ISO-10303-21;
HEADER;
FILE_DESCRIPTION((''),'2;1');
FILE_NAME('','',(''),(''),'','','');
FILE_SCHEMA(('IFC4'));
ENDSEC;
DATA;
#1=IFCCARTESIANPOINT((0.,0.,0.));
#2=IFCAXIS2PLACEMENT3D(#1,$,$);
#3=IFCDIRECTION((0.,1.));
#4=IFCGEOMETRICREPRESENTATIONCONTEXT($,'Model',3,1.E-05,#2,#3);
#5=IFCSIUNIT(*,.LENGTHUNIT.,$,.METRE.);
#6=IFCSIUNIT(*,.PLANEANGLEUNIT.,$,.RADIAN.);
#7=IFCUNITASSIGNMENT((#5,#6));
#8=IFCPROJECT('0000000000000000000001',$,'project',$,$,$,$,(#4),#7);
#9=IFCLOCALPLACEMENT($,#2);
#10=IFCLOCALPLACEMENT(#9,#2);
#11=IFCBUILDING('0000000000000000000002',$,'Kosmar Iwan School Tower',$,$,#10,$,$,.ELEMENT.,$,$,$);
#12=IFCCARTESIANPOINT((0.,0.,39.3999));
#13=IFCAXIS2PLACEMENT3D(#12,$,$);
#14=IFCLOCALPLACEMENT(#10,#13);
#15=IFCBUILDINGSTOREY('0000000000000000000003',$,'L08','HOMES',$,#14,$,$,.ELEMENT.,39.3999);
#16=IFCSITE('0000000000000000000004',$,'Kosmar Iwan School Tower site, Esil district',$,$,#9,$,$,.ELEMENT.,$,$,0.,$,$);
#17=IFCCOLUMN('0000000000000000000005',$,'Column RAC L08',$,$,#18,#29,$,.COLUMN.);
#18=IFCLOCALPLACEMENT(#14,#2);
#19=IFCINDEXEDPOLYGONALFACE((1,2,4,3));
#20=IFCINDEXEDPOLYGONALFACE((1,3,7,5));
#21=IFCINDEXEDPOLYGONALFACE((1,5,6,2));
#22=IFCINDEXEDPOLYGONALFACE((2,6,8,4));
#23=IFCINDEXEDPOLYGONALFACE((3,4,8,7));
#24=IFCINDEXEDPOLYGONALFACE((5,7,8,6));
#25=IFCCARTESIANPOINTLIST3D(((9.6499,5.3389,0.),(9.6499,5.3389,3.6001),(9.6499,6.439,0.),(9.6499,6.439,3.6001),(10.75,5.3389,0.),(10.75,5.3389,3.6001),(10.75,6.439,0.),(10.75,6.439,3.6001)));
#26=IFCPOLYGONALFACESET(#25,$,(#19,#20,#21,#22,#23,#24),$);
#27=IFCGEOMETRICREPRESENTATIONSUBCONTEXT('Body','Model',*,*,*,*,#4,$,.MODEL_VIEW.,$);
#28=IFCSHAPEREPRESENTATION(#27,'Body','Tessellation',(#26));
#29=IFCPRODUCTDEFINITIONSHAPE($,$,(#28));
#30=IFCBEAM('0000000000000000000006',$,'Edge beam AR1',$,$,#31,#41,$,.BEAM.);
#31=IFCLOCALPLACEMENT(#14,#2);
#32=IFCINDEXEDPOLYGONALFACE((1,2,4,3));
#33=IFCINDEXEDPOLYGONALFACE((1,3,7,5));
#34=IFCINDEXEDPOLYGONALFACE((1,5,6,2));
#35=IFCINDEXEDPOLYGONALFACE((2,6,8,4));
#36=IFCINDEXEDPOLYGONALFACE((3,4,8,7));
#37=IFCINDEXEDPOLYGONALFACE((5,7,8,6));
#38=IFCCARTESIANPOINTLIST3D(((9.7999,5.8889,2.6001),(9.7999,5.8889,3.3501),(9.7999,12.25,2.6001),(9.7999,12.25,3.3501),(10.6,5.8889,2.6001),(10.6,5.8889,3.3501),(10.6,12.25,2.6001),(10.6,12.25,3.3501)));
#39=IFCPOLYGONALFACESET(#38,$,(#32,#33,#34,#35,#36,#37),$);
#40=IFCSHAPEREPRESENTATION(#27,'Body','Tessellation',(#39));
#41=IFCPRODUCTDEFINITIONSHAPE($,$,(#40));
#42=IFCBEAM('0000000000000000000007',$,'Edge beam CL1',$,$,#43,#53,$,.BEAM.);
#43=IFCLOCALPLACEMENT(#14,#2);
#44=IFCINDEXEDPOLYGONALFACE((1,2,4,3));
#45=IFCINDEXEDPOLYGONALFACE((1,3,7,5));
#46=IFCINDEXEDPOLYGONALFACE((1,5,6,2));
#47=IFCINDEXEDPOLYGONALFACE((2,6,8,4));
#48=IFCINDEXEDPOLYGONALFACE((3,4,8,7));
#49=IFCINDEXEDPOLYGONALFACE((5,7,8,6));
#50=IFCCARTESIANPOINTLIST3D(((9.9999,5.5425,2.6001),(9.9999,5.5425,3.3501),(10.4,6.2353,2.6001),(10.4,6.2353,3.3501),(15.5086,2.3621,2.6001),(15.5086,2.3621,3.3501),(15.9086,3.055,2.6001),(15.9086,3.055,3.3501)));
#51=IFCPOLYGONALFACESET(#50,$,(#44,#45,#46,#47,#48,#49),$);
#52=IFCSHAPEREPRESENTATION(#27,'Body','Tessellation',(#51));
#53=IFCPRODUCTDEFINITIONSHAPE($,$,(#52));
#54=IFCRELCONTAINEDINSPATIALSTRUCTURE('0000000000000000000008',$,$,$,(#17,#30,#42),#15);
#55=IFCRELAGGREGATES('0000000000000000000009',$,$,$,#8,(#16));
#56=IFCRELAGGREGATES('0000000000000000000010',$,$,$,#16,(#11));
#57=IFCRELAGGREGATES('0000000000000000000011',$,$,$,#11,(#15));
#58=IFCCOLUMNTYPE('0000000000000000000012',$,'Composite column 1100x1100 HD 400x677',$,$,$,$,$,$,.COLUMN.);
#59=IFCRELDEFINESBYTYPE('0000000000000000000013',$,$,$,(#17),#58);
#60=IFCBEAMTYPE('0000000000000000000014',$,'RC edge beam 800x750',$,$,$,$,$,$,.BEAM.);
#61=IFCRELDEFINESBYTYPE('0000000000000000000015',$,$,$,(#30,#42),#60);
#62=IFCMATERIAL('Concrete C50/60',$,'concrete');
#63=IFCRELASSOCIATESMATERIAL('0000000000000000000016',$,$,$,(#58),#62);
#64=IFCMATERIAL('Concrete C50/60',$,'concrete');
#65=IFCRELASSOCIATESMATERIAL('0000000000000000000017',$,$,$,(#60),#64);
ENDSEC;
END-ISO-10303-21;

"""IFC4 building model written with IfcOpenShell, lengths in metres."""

from ifc_helpers import new_model, si_unit, direction, frame, origin, origin_2d, place, context, subcontext, project, spatial, rectangle, extrude, material, material_profile, profile_set, type_object, element, save


model = new_model("IFC4")

# Units and contexts
model_context = context("Model", 3, precision=1e-05, world=origin(), true_north=direction((0.0, 1.0)))
body_context = subcontext(model_context, "Body", "Model", "MODEL_VIEW")
ifc_project = project(units=[si_unit("LENGTHUNIT", "METRE"), si_unit("PLANEANGLEUNIT", "RADIAN")], contexts=[model_context])

# Site, building, storey
site_placement = place(None, origin())
site = spatial("IfcSite", under=ifc_project, at=site_placement, Name="Kosmar Iwan School Tower site, Esil district", CompositionType="ELEMENT", RefElevation=0.0)
building_placement = place(site_placement, origin())
building = spatial("IfcBuilding", under=site, at=building_placement, Name="Kosmar Iwan School Tower", CompositionType="ELEMENT")
storey_placement = place(building_placement, frame((0.0, 0.0, 39.3999)))
storey = spatial("IfcBuildingStorey", under=building, at=storey_placement, Name="L08", Description="HOMES", CompositionType="ELEMENT", Elevation=39.3999)

# Column
ifc_material_1 = material(Name="Concrete C50/60", Category="concrete")
ifc_material_profile_1 = material_profile(ifc_material_1, rectangle(XDim=1.1001, YDim=1.1001, at=origin_2d()), Name="RC 1100x1100 + HD 400x677")
ifc_profile_set_1 = profile_set([ifc_material_profile_1], Name="Concrete C50/60")
column_type = type_object("IfcColumnType", Name="Composite column 1100x1100 HD 400x677", PredefinedType="COLUMN", material=ifc_profile_set_1)
column_placement = place(storey_placement, frame((10.2, 5.8889, 0.0), z_axis=(0.0, 0.0, 1.0), x_axis=(1.0, 0.0, 0.0)))
element("IfcColumn", 1, at=column_placement, inside=storey, type_object=column_type, Name="Column RAC L08", PredefinedType="COLUMN", context=body_context, shape_type="SweptSolid", body=[
    extrude(rectangle(XDim=1.1001, YDim=1.1001, at=origin_2d()), origin(), (0.0, 0.0, 1.0), 3.6001),
])

# Beams
ifc_material_2 = material(Name="Concrete C50/60", Category="concrete")
ifc_material_profile_2 = material_profile(ifc_material_2, rectangle(XDim=0.8, YDim=0.75, at=origin_2d()), Name="RC 800x750")
ifc_profile_set_2 = profile_set([ifc_material_profile_2], Name="Concrete C50/60")
beam_type = type_object("IfcBeamType", Name="RC edge beam 800x750", PredefinedType="BEAM", material=ifc_profile_set_2)
beam_1_placement = place(storey_placement, frame((10.2, 5.8889, 2.9751), z_axis=(0.0, 1.0, 0.0), x_axis=(-1.0, 0.0, 0.0)))
element("IfcBeam", 2, at=beam_1_placement, inside=storey, type_object=beam_type, Name="Edge beam AR1", PredefinedType="BEAM", context=body_context, shape_type="SweptSolid", body=[
    extrude(rectangle(XDim=0.8, YDim=0.75, at=origin_2d()), origin(), (0.0, 0.0, 1.0), 6.3611),
])
beam_2_placement = place(storey_placement, frame((10.2, 5.8889, 2.9751), z_axis=(0.866031, -0.49999, 0.0), x_axis=(0.49999, 0.866031, 0.0)))
element("IfcBeam", 3, at=beam_2_placement, inside=storey, type_object=beam_type, Name="Edge beam CL1", PredefinedType="BEAM", context=body_context, shape_type="SweptSolid", body=[
    extrude(rectangle(XDim=0.8, YDim=0.75, at=origin_2d()), origin(), (0.0, 0.0, 1.0), 6.3608),
])

save(model, "model.ifc")
